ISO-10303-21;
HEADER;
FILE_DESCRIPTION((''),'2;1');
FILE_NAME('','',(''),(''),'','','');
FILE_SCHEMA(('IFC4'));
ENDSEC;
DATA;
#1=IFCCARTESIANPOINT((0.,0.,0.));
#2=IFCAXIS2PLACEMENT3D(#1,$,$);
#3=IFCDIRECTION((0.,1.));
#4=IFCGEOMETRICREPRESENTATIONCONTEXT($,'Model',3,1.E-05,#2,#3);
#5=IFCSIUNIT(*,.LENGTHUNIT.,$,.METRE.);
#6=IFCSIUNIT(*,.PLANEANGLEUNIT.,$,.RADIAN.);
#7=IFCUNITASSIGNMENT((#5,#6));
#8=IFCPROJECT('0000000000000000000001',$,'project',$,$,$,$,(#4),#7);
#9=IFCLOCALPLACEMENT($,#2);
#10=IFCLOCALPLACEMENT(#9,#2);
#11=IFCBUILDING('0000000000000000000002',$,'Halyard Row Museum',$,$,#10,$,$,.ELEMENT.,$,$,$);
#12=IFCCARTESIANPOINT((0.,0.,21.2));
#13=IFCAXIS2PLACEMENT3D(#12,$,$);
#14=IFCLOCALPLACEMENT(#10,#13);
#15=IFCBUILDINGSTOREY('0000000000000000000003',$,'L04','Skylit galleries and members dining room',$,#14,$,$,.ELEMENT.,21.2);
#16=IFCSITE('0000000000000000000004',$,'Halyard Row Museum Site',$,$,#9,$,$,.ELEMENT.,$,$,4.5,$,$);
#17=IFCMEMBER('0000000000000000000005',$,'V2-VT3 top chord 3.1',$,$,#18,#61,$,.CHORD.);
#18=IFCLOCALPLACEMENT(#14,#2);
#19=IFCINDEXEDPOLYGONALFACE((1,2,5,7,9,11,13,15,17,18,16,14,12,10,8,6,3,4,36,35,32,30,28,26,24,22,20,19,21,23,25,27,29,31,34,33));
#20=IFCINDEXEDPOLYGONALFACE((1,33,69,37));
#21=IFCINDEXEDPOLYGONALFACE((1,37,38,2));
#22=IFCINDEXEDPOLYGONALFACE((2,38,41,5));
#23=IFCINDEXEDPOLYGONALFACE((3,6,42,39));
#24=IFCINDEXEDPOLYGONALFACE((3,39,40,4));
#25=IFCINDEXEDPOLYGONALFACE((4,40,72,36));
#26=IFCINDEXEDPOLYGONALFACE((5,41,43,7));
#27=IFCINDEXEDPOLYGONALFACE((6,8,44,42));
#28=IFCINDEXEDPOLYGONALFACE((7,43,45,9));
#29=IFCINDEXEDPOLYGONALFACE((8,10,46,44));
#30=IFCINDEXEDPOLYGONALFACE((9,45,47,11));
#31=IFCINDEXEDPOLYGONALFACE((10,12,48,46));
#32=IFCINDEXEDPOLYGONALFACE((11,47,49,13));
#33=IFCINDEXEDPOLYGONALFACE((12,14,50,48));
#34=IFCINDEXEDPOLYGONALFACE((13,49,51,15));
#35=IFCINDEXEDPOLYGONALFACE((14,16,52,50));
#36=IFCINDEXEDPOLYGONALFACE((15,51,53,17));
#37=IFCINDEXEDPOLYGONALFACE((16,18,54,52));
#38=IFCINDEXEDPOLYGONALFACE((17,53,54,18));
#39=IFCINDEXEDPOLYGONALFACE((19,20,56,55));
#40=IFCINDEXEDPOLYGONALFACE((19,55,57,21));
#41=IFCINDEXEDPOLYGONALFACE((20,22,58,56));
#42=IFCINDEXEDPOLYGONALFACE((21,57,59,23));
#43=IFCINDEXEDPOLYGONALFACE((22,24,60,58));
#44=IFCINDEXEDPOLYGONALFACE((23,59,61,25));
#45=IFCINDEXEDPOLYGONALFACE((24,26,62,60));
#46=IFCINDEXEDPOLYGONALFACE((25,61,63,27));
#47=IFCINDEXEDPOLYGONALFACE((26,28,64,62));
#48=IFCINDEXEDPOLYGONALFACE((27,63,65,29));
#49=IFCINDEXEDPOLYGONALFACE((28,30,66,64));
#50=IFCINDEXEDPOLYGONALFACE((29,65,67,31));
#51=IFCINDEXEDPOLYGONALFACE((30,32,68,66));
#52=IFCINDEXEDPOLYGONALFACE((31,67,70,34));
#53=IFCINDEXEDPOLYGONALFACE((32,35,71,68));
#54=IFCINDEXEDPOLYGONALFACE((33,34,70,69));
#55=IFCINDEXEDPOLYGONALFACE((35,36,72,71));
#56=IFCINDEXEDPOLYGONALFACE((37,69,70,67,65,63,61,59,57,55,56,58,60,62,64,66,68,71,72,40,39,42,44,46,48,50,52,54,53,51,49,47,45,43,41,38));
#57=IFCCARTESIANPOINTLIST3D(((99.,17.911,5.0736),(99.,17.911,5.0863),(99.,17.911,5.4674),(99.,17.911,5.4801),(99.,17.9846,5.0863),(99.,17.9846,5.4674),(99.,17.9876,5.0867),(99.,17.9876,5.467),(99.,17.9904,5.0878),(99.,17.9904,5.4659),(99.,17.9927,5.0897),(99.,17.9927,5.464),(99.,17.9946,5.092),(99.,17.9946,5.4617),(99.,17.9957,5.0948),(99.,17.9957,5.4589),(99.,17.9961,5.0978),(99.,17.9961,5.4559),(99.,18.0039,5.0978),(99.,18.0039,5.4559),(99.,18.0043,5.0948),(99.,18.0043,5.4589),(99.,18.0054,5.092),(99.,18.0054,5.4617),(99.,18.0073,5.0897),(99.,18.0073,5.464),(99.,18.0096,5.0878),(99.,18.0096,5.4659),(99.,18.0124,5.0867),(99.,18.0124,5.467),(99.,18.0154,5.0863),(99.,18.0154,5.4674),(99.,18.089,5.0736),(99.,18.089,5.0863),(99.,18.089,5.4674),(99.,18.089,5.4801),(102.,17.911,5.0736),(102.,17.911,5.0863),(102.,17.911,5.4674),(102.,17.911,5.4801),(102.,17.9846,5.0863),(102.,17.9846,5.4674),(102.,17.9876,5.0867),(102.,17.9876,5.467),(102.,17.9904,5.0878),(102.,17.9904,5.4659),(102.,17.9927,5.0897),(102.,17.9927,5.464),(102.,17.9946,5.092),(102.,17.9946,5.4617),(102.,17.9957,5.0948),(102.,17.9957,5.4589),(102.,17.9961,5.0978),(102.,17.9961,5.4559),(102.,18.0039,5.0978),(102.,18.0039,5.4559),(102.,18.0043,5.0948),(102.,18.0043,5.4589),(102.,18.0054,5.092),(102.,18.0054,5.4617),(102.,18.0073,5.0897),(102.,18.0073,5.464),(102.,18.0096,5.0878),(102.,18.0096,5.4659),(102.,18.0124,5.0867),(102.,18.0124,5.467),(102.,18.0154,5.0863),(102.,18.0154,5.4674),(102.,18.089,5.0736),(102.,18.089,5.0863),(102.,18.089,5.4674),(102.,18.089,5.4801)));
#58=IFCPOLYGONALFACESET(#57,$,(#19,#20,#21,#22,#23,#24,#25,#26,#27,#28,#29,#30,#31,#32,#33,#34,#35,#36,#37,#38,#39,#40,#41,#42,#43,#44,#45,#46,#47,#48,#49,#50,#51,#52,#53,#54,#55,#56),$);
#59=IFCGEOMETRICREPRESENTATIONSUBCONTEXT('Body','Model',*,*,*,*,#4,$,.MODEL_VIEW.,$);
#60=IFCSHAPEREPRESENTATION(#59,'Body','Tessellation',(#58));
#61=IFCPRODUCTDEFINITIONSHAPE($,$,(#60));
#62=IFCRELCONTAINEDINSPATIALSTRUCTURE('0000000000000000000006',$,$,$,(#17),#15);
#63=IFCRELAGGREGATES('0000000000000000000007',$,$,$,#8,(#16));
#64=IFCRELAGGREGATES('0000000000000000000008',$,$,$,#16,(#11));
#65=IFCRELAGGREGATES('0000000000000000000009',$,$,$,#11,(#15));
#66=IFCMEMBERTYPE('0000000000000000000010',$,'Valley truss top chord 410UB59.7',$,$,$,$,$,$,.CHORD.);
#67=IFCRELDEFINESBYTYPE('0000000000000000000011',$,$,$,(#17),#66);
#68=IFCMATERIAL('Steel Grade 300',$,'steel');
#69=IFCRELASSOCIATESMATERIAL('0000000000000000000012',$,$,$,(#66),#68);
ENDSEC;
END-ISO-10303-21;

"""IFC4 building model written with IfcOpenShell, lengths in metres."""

from ifc_helpers import new_model, si_unit, direction, frame, origin, origin_2d, place, context, subcontext, project, spatial, i_section, extrude, material, material_profile, profile_set, type_object, element, save


model = new_model("IFC4")

# Units and contexts
model_context = context("Model", 3, precision=1e-05, world=origin(), true_north=direction((0.0, 1.0)))
body_context = subcontext(model_context, "Body", "Model", "MODEL_VIEW")
ifc_project = project(units=[si_unit("LENGTHUNIT", "METRE"), si_unit("PLANEANGLEUNIT", "RADIAN")], contexts=[model_context])

# Site, building, storey
site_placement = place(None, origin())
site = spatial("IfcSite", under=ifc_project, at=site_placement, Name="Halyard Row Museum Site", CompositionType="ELEMENT", RefElevation=4.5)
building_placement = place(site_placement, origin())
building = spatial("IfcBuilding", under=site, at=building_placement, Name="Halyard Row Museum", CompositionType="ELEMENT")
storey_placement = place(building_placement, frame((0.0, 0.0, 21.2)))
storey = spatial("IfcBuildingStorey", under=building, at=storey_placement, Name="L04", Description="Skylit galleries and members dining room", CompositionType="ELEMENT", Elevation=21.2)

# Member
ifc_material_1 = material(Name="Steel Grade 300", Category="steel")
ifc_material_profile_1 = material_profile(ifc_material_1, i_section(OverallWidth=0.178, OverallDepth=0.4065, WebThickness=0.0078, FlangeThickness=0.0127, FilletRadius=0.0115, at=origin_2d()), Name="410UB59.7")
ifc_profile_set_1 = profile_set([ifc_material_profile_1], Name="Steel Grade 300")
member_type_1 = type_object("IfcMemberType", Name="Valley truss top chord 410UB59.7", PredefinedType="CHORD", material=ifc_profile_set_1)
for number, where, z_axis, x_axis, name in (
    (1, (99.0, 18.0, 5.2769), (1.0, 0.0, 0.0), (0.0, 1.0, 0.0), "V2-VT3 top chord 3.1"),
):
    element("IfcMember", number, at=place(storey_placement, frame(where, z_axis=z_axis, x_axis=x_axis)), inside=storey, type_object=member_type_1, Name=name, PredefinedType="CHORD", context=body_context, shape_type="SweptSolid", body=[
        extrude(i_section(OverallWidth=0.178, OverallDepth=0.4065, WebThickness=0.0078, FlangeThickness=0.0127, FilletRadius=0.0115, at=origin_2d()), origin(), (0.0, 0.0, 1.0), 3.0),
    ])

save(model, "model.ifc")
